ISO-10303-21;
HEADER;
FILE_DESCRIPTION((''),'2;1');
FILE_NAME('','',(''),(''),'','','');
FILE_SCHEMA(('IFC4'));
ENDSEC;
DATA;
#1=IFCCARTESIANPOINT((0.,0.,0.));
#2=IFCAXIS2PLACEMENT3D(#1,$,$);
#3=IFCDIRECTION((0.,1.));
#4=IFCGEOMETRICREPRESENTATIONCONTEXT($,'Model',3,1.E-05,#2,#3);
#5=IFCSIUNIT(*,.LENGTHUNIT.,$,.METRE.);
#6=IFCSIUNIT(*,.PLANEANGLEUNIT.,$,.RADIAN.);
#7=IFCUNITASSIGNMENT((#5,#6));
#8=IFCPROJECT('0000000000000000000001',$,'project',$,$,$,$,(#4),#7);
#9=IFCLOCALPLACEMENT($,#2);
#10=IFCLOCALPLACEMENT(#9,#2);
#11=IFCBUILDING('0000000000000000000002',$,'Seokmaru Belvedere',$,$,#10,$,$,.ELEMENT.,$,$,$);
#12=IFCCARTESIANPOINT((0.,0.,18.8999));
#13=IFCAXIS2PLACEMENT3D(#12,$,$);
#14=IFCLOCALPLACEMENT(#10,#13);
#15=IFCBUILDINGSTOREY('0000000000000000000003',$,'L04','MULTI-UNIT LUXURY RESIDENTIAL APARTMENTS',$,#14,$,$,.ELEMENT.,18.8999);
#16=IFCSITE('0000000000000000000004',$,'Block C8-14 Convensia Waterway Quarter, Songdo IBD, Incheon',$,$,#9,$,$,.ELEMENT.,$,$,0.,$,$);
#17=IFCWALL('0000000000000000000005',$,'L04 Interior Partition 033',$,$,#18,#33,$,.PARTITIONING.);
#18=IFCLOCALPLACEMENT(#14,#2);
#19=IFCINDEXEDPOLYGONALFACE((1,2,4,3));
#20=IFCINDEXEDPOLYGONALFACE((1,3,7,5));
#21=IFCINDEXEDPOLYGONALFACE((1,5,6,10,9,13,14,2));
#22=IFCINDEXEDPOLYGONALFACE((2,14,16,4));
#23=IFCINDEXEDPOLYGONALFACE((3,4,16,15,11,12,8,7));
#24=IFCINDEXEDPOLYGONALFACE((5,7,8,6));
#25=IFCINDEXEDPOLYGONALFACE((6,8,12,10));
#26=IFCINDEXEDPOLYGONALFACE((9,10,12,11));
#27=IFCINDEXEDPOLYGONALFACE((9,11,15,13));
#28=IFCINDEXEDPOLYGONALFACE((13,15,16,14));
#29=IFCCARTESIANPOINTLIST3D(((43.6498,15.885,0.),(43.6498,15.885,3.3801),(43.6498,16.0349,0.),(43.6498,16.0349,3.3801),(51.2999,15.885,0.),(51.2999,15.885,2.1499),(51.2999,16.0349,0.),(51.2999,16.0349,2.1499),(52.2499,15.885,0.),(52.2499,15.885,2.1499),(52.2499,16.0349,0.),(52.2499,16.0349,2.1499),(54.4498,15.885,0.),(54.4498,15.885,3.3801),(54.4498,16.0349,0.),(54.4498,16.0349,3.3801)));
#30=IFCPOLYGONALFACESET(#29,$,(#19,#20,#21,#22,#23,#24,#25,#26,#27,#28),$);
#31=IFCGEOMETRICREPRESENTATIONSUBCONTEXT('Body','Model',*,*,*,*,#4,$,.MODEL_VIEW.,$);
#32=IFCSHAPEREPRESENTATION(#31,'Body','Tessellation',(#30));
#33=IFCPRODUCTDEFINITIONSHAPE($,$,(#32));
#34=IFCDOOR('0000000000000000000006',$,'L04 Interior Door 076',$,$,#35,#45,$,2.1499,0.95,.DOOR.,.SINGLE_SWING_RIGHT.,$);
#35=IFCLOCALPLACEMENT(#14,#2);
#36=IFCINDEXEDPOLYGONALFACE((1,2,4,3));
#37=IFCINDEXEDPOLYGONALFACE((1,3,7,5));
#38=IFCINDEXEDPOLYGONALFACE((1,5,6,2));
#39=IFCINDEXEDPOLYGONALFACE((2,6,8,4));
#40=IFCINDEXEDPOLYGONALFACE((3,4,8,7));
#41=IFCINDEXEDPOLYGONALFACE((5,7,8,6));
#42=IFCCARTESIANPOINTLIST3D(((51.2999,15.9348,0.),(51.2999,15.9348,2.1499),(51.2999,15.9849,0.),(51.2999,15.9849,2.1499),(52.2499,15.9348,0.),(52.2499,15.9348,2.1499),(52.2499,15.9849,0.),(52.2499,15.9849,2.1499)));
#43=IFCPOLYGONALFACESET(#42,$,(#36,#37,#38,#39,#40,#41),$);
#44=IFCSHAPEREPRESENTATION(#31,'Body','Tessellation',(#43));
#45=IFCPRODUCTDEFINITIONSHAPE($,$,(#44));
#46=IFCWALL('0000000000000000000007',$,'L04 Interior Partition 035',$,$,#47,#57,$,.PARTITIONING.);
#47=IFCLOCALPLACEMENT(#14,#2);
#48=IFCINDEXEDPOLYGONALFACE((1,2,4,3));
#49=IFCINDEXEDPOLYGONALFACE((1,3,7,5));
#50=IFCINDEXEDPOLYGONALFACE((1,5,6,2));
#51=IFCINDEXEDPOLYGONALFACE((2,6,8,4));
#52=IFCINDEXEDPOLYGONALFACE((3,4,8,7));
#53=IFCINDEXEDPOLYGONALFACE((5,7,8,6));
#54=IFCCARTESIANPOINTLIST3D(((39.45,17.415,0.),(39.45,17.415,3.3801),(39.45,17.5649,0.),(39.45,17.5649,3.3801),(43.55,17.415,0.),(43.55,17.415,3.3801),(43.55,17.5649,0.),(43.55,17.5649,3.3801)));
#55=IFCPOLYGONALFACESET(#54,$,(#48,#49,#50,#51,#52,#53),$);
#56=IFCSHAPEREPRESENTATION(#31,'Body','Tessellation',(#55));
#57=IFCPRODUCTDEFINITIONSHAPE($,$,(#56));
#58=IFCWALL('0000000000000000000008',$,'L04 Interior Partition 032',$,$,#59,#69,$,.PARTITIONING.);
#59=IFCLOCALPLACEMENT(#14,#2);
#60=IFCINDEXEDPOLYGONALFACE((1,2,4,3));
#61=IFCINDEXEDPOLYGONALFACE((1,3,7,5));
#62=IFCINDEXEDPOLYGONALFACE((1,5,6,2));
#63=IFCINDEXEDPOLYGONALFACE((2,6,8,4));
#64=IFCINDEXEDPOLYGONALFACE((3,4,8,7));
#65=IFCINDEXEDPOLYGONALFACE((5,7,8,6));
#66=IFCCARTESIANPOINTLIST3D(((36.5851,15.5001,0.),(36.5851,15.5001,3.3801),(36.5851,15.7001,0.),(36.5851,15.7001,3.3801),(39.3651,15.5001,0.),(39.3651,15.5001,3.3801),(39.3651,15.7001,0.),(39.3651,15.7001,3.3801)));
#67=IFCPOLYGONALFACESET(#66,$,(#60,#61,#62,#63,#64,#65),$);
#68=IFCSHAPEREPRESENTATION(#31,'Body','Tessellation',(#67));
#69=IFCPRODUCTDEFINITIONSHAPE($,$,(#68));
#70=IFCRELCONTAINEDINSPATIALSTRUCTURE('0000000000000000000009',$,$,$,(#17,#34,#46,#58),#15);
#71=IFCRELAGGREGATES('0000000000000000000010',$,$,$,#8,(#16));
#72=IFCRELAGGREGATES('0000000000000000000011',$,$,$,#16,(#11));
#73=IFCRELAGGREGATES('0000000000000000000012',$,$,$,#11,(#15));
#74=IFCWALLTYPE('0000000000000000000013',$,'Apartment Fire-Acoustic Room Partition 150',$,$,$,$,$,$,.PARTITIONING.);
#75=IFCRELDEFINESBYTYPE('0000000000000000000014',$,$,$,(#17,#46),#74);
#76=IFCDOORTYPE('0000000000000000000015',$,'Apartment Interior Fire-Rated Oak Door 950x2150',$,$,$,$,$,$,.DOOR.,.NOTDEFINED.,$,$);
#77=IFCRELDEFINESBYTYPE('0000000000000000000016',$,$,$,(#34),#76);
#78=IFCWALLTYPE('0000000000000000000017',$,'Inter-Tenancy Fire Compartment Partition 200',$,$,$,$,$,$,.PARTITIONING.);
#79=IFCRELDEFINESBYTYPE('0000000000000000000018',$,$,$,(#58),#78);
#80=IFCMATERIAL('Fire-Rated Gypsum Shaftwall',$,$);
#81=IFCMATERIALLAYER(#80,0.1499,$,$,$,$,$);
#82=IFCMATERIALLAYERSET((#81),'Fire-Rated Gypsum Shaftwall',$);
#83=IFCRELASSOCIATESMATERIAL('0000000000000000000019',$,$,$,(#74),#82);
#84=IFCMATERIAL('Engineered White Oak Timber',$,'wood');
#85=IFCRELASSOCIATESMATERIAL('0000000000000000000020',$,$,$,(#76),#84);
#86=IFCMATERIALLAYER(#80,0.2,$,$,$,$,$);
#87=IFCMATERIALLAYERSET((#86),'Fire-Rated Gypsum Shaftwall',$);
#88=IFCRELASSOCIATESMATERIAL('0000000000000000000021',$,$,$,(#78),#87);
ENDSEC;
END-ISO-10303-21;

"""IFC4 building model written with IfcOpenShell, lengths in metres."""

from ifc_helpers import new_model, si_unit, direction, frame, frame_2d, origin, place, context, subcontext, project, spatial, rectangle, extrude, source, transform, mapped, material, layer, layer_set, type_object, type_shapes, element, fill, save


model = new_model("IFC4")

# Units and contexts
model_context = context("Model", 3, precision=1e-05, world=origin(), true_north=direction((0.0, 1.0)))
body_context = subcontext(model_context, "Body", "Model", "MODEL_VIEW")
ifc_project = project(units=[si_unit("LENGTHUNIT", "METRE"), si_unit("PLANEANGLEUNIT", "RADIAN")], contexts=[model_context])

# Site, building, storey
site_placement = place(None, origin())
site = spatial("IfcSite", under=ifc_project, at=site_placement, Name="Block C8-14 Convensia Waterway Quarter, Songdo IBD, Incheon", CompositionType="ELEMENT", RefElevation=0.0)
building_placement = place(site_placement, origin())
building = spatial("IfcBuilding", under=site, at=building_placement, Name="Seokmaru Belvedere", CompositionType="ELEMENT")
storey_placement = place(building_placement, frame((0.0, 0.0, 18.8999)))
storey = spatial("IfcBuildingStorey", under=building, at=storey_placement, Name="L04", Description="MULTI-UNIT LUXURY RESIDENTIAL APARTMENTS", CompositionType="ELEMENT", Elevation=18.8999)

# Shared definitions
ifc_material_1 = material(Name="Fire-Rated Gypsum Shaftwall")
ifc_layer_1 = layer(ifc_material_1, 0.1499)
ifc_layer_set_1 = layer_set([ifc_layer_1], Name="Fire-Rated Gypsum Shaftwall")
wall_type_1 = type_object("IfcWallType", Name="Apartment Fire-Acoustic Room Partition 150", PredefinedType="PARTITIONING", material=ifc_layer_set_1)

# Wall, opening, door
wall_1_placement = place(storey_placement, frame((43.6499, 15.96, 0.0), z_axis=(0.0, 0.0, 1.0), x_axis=(1.0, 0.0, 0.0)))
wall_1 = element("IfcWall", 1, at=wall_1_placement, inside=storey, type_object=wall_type_1, Name="L04 Interior Partition 033", PredefinedType="PARTITIONING", context=body_context, shape_type="SweptSolid", body=[
    extrude(rectangle(XDim=10.8, YDim=0.1499, at=frame_2d((5.3999, 0.0))), origin(), (0.0, 0.0, 1.0), 3.3801),
])
opening_1_placement = place(wall_1_placement, frame((7.6499, 0.0, 0.0)))
opening_1 = element("IfcOpeningElement", 2, at=opening_1_placement, cuts=wall_1, PredefinedType="OPENING", context=body_context, shape_type="SweptSolid", body=[
    extrude(rectangle(XDim=0.95, YDim=2.1499, at=frame_2d((0.4751, 1.075))), frame((0.0, 0.085, 0.0), z_axis=(0.0, -1.0, 0.0), x_axis=(1.0, 0.0, 0.0)), (0.0, 0.0, 1.0), 0.1699),
])
ifc_material_2 = material(Name="Engineered White Oak Timber", Category="wood")
door_type = type_object("IfcDoorType", Name="Apartment Interior Fire-Rated Oak Door 950x2150", OperationType="NOTDEFINED", PredefinedType="DOOR", material=ifc_material_2)
shared_shape_1 = source(origin(), body_context, "Body", "SweptSolid", [
    extrude(rectangle(XDim=0.95, YDim=2.1499, at=frame_2d((0.4751, 1.075))), frame((0.0, 0.0249, 0.0), z_axis=(0.0, -1.0, 0.0), x_axis=(1.0, 0.0, 0.0)), (0.0, 0.0, 1.0), 0.05),
])
type_shapes(door_type, [shared_shape_1])
door_placement = place(opening_1_placement, origin())
door = element("IfcDoor", 3, at=door_placement, inside=storey, type_object=door_type, Name="L04 Interior Door 076", OperationType="SINGLE_SWING_RIGHT", OverallHeight=2.1499, OverallWidth=0.95, PredefinedType="DOOR", context=body_context, shape_type="MappedRepresentation", body=[
    mapped(shared_shape_1, transform((0.0, 0.0, 0.0), scale=1.0)),
])
fill(opening_1, door)

# Wall
wall_2_placement = place(storey_placement, frame((39.45, 17.49, 0.0), z_axis=(0.0, 0.0, 1.0), x_axis=(1.0, 0.0, 0.0)))
element("IfcWall", 4, at=wall_2_placement, inside=storey, type_object=wall_type_1, Name="L04 Interior Partition 035", PredefinedType="PARTITIONING", context=body_context, shape_type="SweptSolid", body=[
    extrude(rectangle(XDim=4.1001, YDim=0.1499, at=frame_2d((2.05, 0.0))), origin(), (0.0, 0.0, 1.0), 3.3801),
])

# Wall
ifc_layer_2 = layer(ifc_material_1, 0.2)
ifc_layer_set_2 = layer_set([ifc_layer_2], Name="Fire-Rated Gypsum Shaftwall")
wall_type_2 = type_object("IfcWallType", Name="Inter-Tenancy Fire Compartment Partition 200", PredefinedType="PARTITIONING", material=ifc_layer_set_2)
wall_3_placement = place(storey_placement, frame((36.585, 15.6001, 0.0), z_axis=(0.0, 0.0, 1.0), x_axis=(1.0, 0.0, 0.0)))
element("IfcWall", 5, at=wall_3_placement, inside=storey, type_object=wall_type_2, Name="L04 Interior Partition 032", PredefinedType="PARTITIONING", context=body_context, shape_type="SweptSolid", body=[
    extrude(rectangle(XDim=2.78, YDim=0.2, at=frame_2d((1.3901, 0.0))), origin(), (0.0, 0.0, 1.0), 3.3801),
])

save(model, "model.ifc")
